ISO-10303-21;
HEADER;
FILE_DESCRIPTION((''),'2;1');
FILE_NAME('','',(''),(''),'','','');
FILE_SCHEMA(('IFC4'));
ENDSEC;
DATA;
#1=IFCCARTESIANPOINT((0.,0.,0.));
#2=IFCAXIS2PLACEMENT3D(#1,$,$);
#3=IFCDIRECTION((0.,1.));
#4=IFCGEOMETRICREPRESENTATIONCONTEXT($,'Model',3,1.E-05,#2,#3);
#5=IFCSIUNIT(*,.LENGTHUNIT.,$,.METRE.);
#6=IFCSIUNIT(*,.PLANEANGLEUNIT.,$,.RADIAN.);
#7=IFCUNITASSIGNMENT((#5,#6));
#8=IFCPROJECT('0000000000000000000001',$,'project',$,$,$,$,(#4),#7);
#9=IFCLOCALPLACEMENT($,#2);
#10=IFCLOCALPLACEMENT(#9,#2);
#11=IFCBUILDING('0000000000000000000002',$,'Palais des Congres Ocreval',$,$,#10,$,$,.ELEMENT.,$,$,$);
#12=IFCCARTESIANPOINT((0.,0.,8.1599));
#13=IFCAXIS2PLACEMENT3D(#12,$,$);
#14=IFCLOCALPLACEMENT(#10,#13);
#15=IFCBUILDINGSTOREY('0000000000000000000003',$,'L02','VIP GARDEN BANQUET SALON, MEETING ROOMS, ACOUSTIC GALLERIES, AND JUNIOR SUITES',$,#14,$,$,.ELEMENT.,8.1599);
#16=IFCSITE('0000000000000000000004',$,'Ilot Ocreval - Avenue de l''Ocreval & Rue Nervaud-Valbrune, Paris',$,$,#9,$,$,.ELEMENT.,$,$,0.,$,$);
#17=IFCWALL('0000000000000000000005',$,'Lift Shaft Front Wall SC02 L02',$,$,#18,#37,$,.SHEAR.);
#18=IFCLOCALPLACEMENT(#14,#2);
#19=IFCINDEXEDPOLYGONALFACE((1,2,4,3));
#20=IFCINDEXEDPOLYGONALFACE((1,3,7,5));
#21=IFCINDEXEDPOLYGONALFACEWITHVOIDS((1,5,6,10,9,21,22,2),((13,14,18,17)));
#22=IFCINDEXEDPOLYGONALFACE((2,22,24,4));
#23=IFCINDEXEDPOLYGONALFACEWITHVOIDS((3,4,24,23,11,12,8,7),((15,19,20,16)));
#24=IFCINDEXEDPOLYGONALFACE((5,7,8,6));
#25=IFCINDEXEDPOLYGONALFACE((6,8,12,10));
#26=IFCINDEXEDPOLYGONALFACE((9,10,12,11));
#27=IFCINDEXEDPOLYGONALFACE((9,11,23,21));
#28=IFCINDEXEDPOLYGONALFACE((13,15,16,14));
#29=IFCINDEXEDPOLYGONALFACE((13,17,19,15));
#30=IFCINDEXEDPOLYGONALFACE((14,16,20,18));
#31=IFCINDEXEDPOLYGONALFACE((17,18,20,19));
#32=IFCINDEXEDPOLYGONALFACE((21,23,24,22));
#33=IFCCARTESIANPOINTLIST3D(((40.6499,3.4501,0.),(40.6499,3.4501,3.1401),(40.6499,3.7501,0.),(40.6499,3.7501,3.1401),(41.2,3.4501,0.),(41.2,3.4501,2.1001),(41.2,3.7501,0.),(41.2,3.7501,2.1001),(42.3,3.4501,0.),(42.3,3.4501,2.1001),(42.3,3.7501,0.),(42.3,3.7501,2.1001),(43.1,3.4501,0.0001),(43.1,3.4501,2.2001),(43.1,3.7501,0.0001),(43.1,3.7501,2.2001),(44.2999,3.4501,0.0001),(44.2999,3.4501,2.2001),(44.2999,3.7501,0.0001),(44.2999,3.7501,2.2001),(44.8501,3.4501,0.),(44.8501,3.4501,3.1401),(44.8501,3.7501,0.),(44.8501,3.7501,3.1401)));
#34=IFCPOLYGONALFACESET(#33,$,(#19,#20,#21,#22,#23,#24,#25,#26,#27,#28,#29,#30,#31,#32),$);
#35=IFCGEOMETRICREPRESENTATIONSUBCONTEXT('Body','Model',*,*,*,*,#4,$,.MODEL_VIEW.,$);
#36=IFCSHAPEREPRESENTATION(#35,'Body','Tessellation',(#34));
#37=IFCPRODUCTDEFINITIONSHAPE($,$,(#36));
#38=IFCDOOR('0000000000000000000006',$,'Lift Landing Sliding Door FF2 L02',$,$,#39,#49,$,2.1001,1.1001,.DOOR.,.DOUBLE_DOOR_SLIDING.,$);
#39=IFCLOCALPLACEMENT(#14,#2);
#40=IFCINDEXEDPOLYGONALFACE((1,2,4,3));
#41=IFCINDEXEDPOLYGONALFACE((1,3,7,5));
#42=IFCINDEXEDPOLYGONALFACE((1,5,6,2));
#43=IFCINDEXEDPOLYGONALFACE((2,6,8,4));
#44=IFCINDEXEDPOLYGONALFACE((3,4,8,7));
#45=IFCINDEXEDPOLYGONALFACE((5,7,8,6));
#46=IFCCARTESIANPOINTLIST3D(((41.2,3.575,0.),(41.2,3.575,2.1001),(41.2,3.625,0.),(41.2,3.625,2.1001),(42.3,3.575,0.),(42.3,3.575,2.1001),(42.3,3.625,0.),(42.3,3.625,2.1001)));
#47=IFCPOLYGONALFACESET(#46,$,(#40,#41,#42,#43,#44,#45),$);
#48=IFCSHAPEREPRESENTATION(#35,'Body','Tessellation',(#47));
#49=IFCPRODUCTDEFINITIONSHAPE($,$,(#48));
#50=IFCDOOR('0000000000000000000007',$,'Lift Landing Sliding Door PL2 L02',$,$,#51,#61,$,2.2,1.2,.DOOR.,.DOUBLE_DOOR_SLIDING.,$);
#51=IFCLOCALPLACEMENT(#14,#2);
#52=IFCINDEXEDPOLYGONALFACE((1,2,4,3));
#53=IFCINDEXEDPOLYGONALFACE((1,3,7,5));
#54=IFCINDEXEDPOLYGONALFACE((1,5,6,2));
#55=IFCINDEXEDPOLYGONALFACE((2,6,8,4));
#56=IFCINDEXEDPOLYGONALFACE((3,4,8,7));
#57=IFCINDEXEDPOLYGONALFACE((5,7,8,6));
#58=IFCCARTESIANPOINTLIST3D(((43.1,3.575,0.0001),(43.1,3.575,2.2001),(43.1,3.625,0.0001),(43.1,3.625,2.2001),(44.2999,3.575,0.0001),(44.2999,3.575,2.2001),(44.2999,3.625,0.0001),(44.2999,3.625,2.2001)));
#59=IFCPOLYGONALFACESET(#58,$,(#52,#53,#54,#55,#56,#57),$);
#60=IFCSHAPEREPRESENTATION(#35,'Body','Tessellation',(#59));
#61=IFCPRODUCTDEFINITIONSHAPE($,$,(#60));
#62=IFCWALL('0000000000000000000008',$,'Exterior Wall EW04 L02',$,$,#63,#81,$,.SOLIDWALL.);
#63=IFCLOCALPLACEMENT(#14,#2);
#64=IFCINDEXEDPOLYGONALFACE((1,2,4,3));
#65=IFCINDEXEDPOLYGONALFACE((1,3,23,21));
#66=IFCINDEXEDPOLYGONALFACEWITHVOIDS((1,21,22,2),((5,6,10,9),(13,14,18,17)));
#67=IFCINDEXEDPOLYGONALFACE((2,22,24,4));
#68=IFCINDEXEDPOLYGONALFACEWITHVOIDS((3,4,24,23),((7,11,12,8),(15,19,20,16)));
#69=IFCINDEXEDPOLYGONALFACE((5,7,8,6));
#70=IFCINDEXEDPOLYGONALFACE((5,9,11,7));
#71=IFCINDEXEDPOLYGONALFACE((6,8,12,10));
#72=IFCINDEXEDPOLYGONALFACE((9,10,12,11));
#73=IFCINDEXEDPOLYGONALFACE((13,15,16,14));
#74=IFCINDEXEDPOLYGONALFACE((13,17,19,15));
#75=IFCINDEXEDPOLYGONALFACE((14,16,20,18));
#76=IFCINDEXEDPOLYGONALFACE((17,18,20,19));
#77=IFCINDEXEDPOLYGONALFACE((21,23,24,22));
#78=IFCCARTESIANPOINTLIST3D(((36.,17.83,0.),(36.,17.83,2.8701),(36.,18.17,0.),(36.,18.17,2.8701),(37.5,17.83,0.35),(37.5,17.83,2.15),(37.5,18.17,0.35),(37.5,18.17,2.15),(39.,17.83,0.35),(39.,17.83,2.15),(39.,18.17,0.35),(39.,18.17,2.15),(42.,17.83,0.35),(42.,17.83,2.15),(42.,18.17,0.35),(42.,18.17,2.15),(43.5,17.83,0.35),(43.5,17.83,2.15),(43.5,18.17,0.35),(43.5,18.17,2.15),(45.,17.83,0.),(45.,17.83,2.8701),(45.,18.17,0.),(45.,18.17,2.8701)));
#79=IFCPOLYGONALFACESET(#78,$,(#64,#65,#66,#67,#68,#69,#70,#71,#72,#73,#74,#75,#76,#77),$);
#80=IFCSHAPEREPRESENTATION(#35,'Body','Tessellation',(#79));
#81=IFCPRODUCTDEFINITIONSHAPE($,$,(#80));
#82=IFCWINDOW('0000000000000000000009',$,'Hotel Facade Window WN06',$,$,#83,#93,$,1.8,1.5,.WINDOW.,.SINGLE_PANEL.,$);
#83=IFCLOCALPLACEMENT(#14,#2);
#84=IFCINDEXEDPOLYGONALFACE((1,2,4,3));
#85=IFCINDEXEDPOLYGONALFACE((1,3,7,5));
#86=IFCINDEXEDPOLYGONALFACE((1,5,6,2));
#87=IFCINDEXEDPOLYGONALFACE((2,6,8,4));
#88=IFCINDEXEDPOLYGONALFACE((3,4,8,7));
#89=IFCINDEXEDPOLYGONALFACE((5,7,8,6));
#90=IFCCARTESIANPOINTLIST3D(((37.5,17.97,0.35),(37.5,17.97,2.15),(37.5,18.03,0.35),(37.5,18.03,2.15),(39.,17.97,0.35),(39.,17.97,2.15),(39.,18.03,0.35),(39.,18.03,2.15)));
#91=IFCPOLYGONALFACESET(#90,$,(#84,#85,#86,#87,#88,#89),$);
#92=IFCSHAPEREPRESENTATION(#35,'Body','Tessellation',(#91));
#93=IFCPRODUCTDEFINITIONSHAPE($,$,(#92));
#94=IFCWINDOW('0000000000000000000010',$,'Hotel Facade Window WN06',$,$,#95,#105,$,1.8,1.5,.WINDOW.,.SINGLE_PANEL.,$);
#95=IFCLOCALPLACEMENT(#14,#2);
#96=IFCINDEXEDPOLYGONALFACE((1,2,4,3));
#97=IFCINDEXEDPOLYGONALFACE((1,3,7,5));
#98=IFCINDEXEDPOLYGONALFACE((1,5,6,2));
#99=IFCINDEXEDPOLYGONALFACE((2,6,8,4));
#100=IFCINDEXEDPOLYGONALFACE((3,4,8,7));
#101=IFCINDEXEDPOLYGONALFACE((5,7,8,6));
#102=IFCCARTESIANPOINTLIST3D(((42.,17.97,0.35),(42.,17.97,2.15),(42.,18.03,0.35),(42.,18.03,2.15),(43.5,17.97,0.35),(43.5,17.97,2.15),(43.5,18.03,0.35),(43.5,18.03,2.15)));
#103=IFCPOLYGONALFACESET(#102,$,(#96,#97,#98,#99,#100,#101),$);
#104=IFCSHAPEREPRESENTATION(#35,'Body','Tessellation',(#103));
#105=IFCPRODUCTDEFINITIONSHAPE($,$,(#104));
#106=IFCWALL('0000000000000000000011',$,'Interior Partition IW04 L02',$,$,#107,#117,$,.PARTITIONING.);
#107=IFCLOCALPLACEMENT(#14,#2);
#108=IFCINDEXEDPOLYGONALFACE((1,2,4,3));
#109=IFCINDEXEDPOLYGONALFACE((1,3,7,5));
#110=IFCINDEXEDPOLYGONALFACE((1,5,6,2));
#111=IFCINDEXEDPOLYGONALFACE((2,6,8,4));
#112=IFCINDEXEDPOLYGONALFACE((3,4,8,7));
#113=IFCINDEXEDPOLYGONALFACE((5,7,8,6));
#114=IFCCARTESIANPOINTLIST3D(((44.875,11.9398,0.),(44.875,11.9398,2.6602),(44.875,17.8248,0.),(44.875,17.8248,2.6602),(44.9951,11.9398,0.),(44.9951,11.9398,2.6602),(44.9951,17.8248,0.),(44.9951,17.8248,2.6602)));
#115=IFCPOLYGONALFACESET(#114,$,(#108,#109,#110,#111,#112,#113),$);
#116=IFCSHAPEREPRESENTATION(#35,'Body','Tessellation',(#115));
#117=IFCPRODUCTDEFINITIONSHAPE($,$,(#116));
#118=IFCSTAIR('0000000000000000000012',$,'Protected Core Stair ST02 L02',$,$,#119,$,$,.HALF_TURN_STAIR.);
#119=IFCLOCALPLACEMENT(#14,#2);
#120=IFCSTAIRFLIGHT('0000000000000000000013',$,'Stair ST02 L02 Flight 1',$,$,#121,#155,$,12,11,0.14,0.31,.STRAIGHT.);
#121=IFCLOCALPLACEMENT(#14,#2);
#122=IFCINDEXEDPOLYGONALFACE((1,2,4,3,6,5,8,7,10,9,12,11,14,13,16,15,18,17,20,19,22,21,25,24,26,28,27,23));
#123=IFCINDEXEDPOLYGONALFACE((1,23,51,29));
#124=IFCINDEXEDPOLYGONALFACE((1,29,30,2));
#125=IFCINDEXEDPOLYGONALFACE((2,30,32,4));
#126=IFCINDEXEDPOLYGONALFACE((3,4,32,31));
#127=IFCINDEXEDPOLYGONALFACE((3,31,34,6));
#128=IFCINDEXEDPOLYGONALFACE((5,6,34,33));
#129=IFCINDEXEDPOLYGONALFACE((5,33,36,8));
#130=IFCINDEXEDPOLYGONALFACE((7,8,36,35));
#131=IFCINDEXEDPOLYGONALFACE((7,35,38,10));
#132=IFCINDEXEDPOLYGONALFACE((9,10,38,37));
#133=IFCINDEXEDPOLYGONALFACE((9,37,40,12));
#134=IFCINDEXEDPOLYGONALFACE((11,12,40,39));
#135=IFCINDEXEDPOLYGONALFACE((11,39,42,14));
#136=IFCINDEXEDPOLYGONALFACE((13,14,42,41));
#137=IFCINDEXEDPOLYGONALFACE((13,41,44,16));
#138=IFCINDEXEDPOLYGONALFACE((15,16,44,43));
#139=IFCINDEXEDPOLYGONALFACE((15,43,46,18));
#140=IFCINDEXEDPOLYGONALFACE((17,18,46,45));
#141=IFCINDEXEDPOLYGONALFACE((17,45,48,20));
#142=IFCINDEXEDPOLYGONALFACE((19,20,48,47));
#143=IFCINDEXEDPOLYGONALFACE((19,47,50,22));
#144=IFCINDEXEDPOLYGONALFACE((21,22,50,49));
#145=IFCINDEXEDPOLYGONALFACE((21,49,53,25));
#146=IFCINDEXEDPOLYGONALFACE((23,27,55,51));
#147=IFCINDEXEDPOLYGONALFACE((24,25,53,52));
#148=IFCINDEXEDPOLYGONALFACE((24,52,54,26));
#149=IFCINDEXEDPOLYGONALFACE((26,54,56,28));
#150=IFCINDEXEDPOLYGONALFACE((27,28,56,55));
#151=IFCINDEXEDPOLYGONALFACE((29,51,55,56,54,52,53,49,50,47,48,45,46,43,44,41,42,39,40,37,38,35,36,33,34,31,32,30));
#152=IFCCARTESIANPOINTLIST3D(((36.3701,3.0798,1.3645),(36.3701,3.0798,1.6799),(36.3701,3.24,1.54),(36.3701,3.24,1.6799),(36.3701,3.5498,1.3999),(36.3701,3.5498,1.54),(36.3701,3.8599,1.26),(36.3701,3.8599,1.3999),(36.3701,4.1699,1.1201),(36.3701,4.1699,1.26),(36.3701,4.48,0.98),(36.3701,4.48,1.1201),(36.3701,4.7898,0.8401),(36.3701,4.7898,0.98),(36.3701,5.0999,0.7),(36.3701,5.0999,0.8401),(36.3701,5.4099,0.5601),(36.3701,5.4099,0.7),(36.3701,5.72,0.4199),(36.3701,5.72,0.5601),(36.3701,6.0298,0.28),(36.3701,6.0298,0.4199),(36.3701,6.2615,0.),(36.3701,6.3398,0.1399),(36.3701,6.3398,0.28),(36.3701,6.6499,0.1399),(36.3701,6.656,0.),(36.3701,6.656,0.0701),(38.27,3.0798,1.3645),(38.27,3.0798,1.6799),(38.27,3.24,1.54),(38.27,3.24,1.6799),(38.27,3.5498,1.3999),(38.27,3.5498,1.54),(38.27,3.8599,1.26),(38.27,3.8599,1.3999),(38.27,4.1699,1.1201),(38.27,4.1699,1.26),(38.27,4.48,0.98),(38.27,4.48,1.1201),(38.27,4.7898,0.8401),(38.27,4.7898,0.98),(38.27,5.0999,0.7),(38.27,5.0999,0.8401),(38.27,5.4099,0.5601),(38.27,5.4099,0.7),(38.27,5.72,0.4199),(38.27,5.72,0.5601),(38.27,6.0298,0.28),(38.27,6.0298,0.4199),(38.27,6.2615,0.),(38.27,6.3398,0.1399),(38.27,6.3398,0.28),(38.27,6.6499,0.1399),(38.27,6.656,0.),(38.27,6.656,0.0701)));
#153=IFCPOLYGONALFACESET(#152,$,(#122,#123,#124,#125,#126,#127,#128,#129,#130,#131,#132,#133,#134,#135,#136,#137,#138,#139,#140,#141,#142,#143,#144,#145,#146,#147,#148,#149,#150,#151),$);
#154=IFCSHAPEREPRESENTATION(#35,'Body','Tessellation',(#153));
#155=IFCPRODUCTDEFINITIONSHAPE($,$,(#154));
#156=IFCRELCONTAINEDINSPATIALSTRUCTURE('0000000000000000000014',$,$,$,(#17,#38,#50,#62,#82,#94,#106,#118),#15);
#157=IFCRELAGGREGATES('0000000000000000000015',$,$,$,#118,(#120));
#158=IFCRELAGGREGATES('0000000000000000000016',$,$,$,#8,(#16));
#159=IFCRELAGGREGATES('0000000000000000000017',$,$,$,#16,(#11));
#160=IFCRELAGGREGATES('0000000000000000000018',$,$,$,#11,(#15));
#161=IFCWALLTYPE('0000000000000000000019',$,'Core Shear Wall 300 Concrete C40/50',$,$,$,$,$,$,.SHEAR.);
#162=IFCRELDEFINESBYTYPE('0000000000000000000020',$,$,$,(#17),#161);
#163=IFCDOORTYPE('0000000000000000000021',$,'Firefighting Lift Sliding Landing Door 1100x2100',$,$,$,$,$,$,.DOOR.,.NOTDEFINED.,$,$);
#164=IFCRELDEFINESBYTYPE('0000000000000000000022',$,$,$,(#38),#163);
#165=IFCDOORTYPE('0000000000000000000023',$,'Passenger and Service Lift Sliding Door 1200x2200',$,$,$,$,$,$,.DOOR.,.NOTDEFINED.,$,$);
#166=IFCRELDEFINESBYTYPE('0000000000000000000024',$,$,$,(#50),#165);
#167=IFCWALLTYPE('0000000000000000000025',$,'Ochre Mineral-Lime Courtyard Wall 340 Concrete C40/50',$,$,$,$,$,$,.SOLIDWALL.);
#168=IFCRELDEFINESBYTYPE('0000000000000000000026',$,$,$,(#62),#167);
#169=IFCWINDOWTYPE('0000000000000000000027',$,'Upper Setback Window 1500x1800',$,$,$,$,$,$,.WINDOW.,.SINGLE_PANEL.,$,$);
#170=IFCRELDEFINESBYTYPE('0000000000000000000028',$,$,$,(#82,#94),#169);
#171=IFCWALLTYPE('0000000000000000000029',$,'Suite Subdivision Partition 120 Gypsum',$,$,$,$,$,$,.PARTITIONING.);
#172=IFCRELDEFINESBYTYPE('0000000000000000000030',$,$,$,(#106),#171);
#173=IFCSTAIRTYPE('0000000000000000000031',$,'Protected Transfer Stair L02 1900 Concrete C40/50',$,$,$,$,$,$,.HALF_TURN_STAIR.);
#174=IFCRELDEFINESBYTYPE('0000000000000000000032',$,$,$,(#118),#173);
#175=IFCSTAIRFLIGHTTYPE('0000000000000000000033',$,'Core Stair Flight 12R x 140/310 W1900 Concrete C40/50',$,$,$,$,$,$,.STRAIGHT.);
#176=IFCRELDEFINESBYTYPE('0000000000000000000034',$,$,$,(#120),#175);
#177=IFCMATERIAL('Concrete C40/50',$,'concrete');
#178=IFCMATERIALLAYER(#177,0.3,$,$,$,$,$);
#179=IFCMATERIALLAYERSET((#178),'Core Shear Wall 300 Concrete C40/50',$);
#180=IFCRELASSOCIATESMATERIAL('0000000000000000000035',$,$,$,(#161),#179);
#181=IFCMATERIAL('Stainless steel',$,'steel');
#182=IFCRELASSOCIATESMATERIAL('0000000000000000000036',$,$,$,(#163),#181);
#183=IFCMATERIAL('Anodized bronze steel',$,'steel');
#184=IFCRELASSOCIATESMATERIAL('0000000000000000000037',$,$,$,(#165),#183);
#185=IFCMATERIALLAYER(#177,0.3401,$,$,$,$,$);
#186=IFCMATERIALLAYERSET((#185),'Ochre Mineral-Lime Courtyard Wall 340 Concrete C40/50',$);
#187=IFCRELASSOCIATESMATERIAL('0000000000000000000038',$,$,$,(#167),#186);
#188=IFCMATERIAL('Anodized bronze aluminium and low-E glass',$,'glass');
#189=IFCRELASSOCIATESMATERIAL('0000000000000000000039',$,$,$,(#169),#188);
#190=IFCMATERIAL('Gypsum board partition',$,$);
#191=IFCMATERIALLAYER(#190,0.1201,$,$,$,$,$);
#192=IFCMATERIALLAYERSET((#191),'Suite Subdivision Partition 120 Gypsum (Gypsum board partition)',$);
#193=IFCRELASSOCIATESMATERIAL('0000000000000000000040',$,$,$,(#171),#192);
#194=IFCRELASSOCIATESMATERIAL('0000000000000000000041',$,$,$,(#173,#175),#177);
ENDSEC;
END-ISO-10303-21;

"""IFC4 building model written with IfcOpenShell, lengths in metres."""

from ifc_helpers import new_model, si_unit, direction, frame, frame_2d, origin, place, context, subcontext, project, spatial, polyline, rectangle, outline, extrude, material, layer, layer_set, type_object, element, fill, aggregate, save


model = new_model("IFC4")

# Units and contexts
model_context = context("Model", 3, precision=1e-05, world=origin(), true_north=direction((0.0, 1.0)))
body_context = subcontext(model_context, "Body", "Model", "MODEL_VIEW")
ifc_project = project(units=[si_unit("LENGTHUNIT", "METRE"), si_unit("PLANEANGLEUNIT", "RADIAN")], contexts=[model_context])

# Site, building, storey
site_placement = place(None, origin())
site = spatial("IfcSite", under=ifc_project, at=site_placement, Name="Ilot Ocreval - Avenue de l'Ocreval & Rue Nervaud-Valbrune, Paris", CompositionType="ELEMENT", RefElevation=0.0)
building_placement = place(site_placement, origin())
building = spatial("IfcBuilding", under=site, at=building_placement, Name="Palais des Congres Ocreval", CompositionType="ELEMENT")
storey_placement = place(building_placement, frame((0.0, 0.0, 8.1599)))
storey = spatial("IfcBuildingStorey", under=building, at=storey_placement, Name="L02", Description="VIP GARDEN BANQUET SALON, MEETING ROOMS, ACOUSTIC GALLERIES, AND JUNIOR SUITES", CompositionType="ELEMENT", Elevation=8.1599)

# Shared definitions
ifc_material_1 = material(Name="Concrete C40/50", Category="concrete")

# Shared definitions
ifc_layer_1 = layer(ifc_material_1, 0.3)
ifc_layer_set_1 = layer_set([ifc_layer_1], Name="Core Shear Wall 300 Concrete C40/50")
wall_type_1 = type_object("IfcWallType", Name="Core Shear Wall 300 Concrete C40/50", PredefinedType="SHEAR", material=ifc_layer_set_1)

# Wall, openings, doors
wall_1_placement = place(storey_placement, frame((40.6499, 3.6001, 0.0), z_axis=(0.0, 0.0, 1.0), x_axis=(1.0, 0.0, 0.0)))
wall_1 = element("IfcWall", 1, at=wall_1_placement, inside=storey, type_object=wall_type_1, Name="Lift Shaft Front Wall SC02 L02", PredefinedType="SHEAR", context=body_context, shape_type="SweptSolid", body=[
    extrude(rectangle(XDim=4.2002, YDim=0.3, at=frame_2d((2.1001, 0.0))), origin(), (0.0, 0.0, 1.0), 3.1401),
])
opening_1_placement = place(wall_1_placement, frame((0.55, 0.0, 0.0)))
opening_1 = element("IfcOpeningElement", 2, at=opening_1_placement, cuts=wall_1, PredefinedType="OPENING", context=body_context, shape_type="SweptSolid", body=[
    extrude(rectangle(XDim=1.1001, YDim=2.1001, at=frame_2d((0.55, 1.05))), frame((0.0, 0.1599, 0.0), z_axis=(0.0, -1.0, 0.0), x_axis=(1.0, 0.0, 0.0)), (0.0, 0.0, 1.0), 0.3201),
])
opening_2_placement = place(wall_1_placement, frame((2.45, 0.0, 0.0)))
opening_2 = element("IfcOpeningElement", 3, at=opening_2_placement, cuts=wall_1, PredefinedType="OPENING", context=body_context, shape_type="SweptSolid", body=[
    extrude(rectangle(XDim=1.2, YDim=2.2, at=frame_2d((0.6001, 1.1001))), frame((0.0, 0.1599, 0.0), z_axis=(0.0, -1.0, 0.0), x_axis=(1.0, 0.0, 0.0)), (0.0, 0.0, 1.0), 0.3201),
])
ifc_material_2 = material(Name="Stainless steel", Category="steel")
door_type_1 = type_object("IfcDoorType", Name="Firefighting Lift Sliding Landing Door 1100x2100", OperationType="NOTDEFINED", PredefinedType="DOOR", material=ifc_material_2)
door_1_placement = place(opening_1_placement, origin())
door_1 = element("IfcDoor", 4, at=door_1_placement, inside=storey, type_object=door_type_1, Name="Lift Landing Sliding Door FF2 L02", OperationType="DOUBLE_DOOR_SLIDING", OverallHeight=2.1001, OverallWidth=1.1001, PredefinedType="DOOR", context=body_context, shape_type="SweptSolid", body=[
    extrude(rectangle(XDim=1.1001, YDim=2.1001, at=frame_2d((0.55, 1.05))), frame((0.0, 0.0249, 0.0), z_axis=(0.0, -1.0, 0.0), x_axis=(1.0, 0.0, 0.0)), (0.0, 0.0, 1.0), 0.05),
])
fill(opening_1, door_1)
ifc_material_3 = material(Name="Anodized bronze steel", Category="steel")
door_type_2 = type_object("IfcDoorType", Name="Passenger and Service Lift Sliding Door 1200x2200", OperationType="NOTDEFINED", PredefinedType="DOOR", material=ifc_material_3)
door_2_placement = place(opening_2_placement, origin())
door_2 = element("IfcDoor", 5, at=door_2_placement, inside=storey, type_object=door_type_2, Name="Lift Landing Sliding Door PL2 L02", OperationType="DOUBLE_DOOR_SLIDING", OverallHeight=2.2, OverallWidth=1.2, PredefinedType="DOOR", context=body_context, shape_type="SweptSolid", body=[
    extrude(rectangle(XDim=1.2, YDim=2.2, at=frame_2d((0.6001, 1.1001))), frame((0.0, 0.0249, 0.0), z_axis=(0.0, -1.0, 0.0), x_axis=(1.0, 0.0, 0.0)), (0.0, 0.0, 1.0), 0.05),
])
fill(opening_2, door_2)

# Wall, openings, windows
ifc_layer_2 = layer(ifc_material_1, 0.3401)
ifc_layer_set_2 = layer_set([ifc_layer_2], Name="Ochre Mineral-Lime Courtyard Wall 340 Concrete C40/50")
wall_type_2 = type_object("IfcWallType", Name="Ochre Mineral-Lime Courtyard Wall 340 Concrete C40/50", PredefinedType="SOLIDWALL", material=ifc_layer_set_2)
wall_2_placement = place(storey_placement, frame((36.0, 18.0, 0.0), z_axis=(0.0, 0.0, 1.0), x_axis=(1.0, 0.0, 0.0)))
wall_2 = element("IfcWall", 6, at=wall_2_placement, inside=storey, type_object=wall_type_2, Name="Exterior Wall EW04 L02", PredefinedType="SOLIDWALL", context=body_context, shape_type="SweptSolid", body=[
    extrude(rectangle(XDim=9.0, YDim=0.3401, at=frame_2d((4.5, 0.0))), origin(), (0.0, 0.0, 1.0), 2.8701),
])
opening_3_placement = place(wall_2_placement, frame((1.5, 0.0, 0.3501)))
opening_3 = element("IfcOpeningElement", 7, at=opening_3_placement, cuts=wall_2, PredefinedType="OPENING", context=body_context, shape_type="SweptSolid", body=[
    extrude(rectangle(XDim=1.5, YDim=1.8, at=frame_2d((0.75, 0.8999))), frame((0.0, 0.1799, 0.0), z_axis=(0.0, -1.0, 0.0), x_axis=(1.0, 0.0, 0.0)), (0.0, 0.0, 1.0), 0.3601),
])
opening_4_placement = place(wall_2_placement, frame((6.0, 0.0, 0.3501)))
opening_4 = element("IfcOpeningElement", 8, at=opening_4_placement, cuts=wall_2, PredefinedType="OPENING", context=body_context, shape_type="SweptSolid", body=[
    extrude(rectangle(XDim=1.5, YDim=1.8, at=frame_2d((0.75, 0.8999))), frame((0.0, 0.1799, 0.0), z_axis=(0.0, -1.0, 0.0), x_axis=(1.0, 0.0, 0.0)), (0.0, 0.0, 1.0), 0.3601),
])
ifc_material_4 = material(Name="Anodized bronze aluminium and low-E glass", Category="glass")
window_type = type_object("IfcWindowType", Name="Upper Setback Window 1500x1800", PartitioningType="SINGLE_PANEL", PredefinedType="WINDOW", material=ifc_material_4)
window_1_placement = place(opening_3_placement, origin())
window_1 = element("IfcWindow", 9, at=window_1_placement, inside=storey, type_object=window_type, Name="Hotel Facade Window WN06", OverallHeight=1.8, OverallWidth=1.5, PartitioningType="SINGLE_PANEL", PredefinedType="WINDOW", context=body_context, shape_type="SweptSolid", body=[
    extrude(rectangle(XDim=1.5, YDim=1.8, at=frame_2d((0.75, 0.8999))), frame((0.0, 0.03, 0.0), z_axis=(0.0, -1.0, 0.0), x_axis=(1.0, 0.0, 0.0)), (0.0, 0.0, 1.0), 0.0601),
])
fill(opening_3, window_1)
window_2_placement = place(opening_4_placement, origin())
window_2 = element("IfcWindow", 10, at=window_2_placement, inside=storey, type_object=window_type, Name="Hotel Facade Window WN06", OverallHeight=1.8, OverallWidth=1.5, PartitioningType="SINGLE_PANEL", PredefinedType="WINDOW", context=body_context, shape_type="SweptSolid", body=[
    extrude(rectangle(XDim=1.5, YDim=1.8, at=frame_2d((0.75, 0.8999))), frame((0.0, 0.03, 0.0), z_axis=(0.0, -1.0, 0.0), x_axis=(1.0, 0.0, 0.0)), (0.0, 0.0, 1.0), 0.0601),
])
fill(opening_4, window_2)

# Wall
ifc_material_5 = material(Name="Gypsum board partition")
ifc_layer_3 = layer(ifc_material_5, 0.1201)
ifc_layer_set_3 = layer_set([ifc_layer_3], Name="Suite Subdivision Partition 120 Gypsum (Gypsum board partition)")
wall_type_3 = type_object("IfcWallType", Name="Suite Subdivision Partition 120 Gypsum", PredefinedType="PARTITIONING", material=ifc_layer_set_3)
wall_3_placement = place(storey_placement, frame((44.9351, 11.9399, 0.0), z_axis=(0.0, 0.0, 1.0), x_axis=(0.0, 1.0, 0.0)))
element("IfcWall", 11, at=wall_3_placement, inside=storey, type_object=wall_type_3, Name="Interior Partition IW04 L02", PredefinedType="PARTITIONING", context=body_context, shape_type="SweptSolid", body=[
    extrude(rectangle(XDim=5.885, YDim=0.1201, at=frame_2d((2.9424, 0.0))), origin(), (0.0, 0.0, 1.0), 2.6602),
])

# Stair, stair flight
stair_type = type_object("IfcStairType", Name="Protected Transfer Stair L02 1900 Concrete C40/50", PredefinedType="HALF_TURN_STAIR", material=ifc_material_1)
stair_placement = place(storey_placement, origin())
stair = element("IfcStair", 12, at=stair_placement, inside=storey, type_object=stair_type, Name="Protected Core Stair ST02 L02", PredefinedType="HALF_TURN_STAIR")
stair_flight_type = type_object("IfcStairFlightType", Name="Core Stair Flight 12R x 140/310 W1900 Concrete C40/50", PredefinedType="STRAIGHT", material=ifc_material_1)
stair_flight_placement = place(storey_placement, frame((37.3201, 6.6499, 0.0), z_axis=(0.0, 0.0, 1.0), x_axis=(0.0, -1.0, 0.0)))
stair_flight = element("IfcStairFlight", 13, at=stair_flight_placement, type_object=stair_flight_type, Name="Stair ST02 L02 Flight 1", NumberOfRisers=12, NumberOfTreads=11, PredefinedType="STRAIGHT", RiserHeight=0.14, TreadLength=0.31, context=body_context, shape_type="SweptSolid", body=[
    extrude(outline(polyline([(-0.0061, 0.0), (-0.0061, 0.0701), (0.0, 0.1399), (0.3101, 0.1399), (0.3101, 0.28), (0.6201, 0.28), (0.6201, 0.4199), (0.9299, 0.4199), (0.9299, 0.5601), (1.24, 0.5601), (1.24, 0.7), (1.55, 0.7), (1.55, 0.8401), (1.8601, 0.8401), (1.8601, 0.98), (2.1699, 0.98), (2.1699, 1.1201), (2.48, 1.1201), (2.48, 1.26), (2.79, 1.26), (2.79, 1.3999), (3.1001, 1.3999), (3.1001, 1.54), (3.4099, 1.54), (3.4099, 1.6799), (3.5701, 1.6799), (3.5701, 1.3645), (0.3884, 0.0), (-0.0061, 0.0)])), frame((0.0, 0.95, 0.0), z_axis=(0.0, -1.0, 0.0), x_axis=(1.0, 0.0, 0.0)), (0.0, 0.0, 1.0), 1.8999),
])
aggregate(stair, [stair_flight])

save(model, "model.ifc")
